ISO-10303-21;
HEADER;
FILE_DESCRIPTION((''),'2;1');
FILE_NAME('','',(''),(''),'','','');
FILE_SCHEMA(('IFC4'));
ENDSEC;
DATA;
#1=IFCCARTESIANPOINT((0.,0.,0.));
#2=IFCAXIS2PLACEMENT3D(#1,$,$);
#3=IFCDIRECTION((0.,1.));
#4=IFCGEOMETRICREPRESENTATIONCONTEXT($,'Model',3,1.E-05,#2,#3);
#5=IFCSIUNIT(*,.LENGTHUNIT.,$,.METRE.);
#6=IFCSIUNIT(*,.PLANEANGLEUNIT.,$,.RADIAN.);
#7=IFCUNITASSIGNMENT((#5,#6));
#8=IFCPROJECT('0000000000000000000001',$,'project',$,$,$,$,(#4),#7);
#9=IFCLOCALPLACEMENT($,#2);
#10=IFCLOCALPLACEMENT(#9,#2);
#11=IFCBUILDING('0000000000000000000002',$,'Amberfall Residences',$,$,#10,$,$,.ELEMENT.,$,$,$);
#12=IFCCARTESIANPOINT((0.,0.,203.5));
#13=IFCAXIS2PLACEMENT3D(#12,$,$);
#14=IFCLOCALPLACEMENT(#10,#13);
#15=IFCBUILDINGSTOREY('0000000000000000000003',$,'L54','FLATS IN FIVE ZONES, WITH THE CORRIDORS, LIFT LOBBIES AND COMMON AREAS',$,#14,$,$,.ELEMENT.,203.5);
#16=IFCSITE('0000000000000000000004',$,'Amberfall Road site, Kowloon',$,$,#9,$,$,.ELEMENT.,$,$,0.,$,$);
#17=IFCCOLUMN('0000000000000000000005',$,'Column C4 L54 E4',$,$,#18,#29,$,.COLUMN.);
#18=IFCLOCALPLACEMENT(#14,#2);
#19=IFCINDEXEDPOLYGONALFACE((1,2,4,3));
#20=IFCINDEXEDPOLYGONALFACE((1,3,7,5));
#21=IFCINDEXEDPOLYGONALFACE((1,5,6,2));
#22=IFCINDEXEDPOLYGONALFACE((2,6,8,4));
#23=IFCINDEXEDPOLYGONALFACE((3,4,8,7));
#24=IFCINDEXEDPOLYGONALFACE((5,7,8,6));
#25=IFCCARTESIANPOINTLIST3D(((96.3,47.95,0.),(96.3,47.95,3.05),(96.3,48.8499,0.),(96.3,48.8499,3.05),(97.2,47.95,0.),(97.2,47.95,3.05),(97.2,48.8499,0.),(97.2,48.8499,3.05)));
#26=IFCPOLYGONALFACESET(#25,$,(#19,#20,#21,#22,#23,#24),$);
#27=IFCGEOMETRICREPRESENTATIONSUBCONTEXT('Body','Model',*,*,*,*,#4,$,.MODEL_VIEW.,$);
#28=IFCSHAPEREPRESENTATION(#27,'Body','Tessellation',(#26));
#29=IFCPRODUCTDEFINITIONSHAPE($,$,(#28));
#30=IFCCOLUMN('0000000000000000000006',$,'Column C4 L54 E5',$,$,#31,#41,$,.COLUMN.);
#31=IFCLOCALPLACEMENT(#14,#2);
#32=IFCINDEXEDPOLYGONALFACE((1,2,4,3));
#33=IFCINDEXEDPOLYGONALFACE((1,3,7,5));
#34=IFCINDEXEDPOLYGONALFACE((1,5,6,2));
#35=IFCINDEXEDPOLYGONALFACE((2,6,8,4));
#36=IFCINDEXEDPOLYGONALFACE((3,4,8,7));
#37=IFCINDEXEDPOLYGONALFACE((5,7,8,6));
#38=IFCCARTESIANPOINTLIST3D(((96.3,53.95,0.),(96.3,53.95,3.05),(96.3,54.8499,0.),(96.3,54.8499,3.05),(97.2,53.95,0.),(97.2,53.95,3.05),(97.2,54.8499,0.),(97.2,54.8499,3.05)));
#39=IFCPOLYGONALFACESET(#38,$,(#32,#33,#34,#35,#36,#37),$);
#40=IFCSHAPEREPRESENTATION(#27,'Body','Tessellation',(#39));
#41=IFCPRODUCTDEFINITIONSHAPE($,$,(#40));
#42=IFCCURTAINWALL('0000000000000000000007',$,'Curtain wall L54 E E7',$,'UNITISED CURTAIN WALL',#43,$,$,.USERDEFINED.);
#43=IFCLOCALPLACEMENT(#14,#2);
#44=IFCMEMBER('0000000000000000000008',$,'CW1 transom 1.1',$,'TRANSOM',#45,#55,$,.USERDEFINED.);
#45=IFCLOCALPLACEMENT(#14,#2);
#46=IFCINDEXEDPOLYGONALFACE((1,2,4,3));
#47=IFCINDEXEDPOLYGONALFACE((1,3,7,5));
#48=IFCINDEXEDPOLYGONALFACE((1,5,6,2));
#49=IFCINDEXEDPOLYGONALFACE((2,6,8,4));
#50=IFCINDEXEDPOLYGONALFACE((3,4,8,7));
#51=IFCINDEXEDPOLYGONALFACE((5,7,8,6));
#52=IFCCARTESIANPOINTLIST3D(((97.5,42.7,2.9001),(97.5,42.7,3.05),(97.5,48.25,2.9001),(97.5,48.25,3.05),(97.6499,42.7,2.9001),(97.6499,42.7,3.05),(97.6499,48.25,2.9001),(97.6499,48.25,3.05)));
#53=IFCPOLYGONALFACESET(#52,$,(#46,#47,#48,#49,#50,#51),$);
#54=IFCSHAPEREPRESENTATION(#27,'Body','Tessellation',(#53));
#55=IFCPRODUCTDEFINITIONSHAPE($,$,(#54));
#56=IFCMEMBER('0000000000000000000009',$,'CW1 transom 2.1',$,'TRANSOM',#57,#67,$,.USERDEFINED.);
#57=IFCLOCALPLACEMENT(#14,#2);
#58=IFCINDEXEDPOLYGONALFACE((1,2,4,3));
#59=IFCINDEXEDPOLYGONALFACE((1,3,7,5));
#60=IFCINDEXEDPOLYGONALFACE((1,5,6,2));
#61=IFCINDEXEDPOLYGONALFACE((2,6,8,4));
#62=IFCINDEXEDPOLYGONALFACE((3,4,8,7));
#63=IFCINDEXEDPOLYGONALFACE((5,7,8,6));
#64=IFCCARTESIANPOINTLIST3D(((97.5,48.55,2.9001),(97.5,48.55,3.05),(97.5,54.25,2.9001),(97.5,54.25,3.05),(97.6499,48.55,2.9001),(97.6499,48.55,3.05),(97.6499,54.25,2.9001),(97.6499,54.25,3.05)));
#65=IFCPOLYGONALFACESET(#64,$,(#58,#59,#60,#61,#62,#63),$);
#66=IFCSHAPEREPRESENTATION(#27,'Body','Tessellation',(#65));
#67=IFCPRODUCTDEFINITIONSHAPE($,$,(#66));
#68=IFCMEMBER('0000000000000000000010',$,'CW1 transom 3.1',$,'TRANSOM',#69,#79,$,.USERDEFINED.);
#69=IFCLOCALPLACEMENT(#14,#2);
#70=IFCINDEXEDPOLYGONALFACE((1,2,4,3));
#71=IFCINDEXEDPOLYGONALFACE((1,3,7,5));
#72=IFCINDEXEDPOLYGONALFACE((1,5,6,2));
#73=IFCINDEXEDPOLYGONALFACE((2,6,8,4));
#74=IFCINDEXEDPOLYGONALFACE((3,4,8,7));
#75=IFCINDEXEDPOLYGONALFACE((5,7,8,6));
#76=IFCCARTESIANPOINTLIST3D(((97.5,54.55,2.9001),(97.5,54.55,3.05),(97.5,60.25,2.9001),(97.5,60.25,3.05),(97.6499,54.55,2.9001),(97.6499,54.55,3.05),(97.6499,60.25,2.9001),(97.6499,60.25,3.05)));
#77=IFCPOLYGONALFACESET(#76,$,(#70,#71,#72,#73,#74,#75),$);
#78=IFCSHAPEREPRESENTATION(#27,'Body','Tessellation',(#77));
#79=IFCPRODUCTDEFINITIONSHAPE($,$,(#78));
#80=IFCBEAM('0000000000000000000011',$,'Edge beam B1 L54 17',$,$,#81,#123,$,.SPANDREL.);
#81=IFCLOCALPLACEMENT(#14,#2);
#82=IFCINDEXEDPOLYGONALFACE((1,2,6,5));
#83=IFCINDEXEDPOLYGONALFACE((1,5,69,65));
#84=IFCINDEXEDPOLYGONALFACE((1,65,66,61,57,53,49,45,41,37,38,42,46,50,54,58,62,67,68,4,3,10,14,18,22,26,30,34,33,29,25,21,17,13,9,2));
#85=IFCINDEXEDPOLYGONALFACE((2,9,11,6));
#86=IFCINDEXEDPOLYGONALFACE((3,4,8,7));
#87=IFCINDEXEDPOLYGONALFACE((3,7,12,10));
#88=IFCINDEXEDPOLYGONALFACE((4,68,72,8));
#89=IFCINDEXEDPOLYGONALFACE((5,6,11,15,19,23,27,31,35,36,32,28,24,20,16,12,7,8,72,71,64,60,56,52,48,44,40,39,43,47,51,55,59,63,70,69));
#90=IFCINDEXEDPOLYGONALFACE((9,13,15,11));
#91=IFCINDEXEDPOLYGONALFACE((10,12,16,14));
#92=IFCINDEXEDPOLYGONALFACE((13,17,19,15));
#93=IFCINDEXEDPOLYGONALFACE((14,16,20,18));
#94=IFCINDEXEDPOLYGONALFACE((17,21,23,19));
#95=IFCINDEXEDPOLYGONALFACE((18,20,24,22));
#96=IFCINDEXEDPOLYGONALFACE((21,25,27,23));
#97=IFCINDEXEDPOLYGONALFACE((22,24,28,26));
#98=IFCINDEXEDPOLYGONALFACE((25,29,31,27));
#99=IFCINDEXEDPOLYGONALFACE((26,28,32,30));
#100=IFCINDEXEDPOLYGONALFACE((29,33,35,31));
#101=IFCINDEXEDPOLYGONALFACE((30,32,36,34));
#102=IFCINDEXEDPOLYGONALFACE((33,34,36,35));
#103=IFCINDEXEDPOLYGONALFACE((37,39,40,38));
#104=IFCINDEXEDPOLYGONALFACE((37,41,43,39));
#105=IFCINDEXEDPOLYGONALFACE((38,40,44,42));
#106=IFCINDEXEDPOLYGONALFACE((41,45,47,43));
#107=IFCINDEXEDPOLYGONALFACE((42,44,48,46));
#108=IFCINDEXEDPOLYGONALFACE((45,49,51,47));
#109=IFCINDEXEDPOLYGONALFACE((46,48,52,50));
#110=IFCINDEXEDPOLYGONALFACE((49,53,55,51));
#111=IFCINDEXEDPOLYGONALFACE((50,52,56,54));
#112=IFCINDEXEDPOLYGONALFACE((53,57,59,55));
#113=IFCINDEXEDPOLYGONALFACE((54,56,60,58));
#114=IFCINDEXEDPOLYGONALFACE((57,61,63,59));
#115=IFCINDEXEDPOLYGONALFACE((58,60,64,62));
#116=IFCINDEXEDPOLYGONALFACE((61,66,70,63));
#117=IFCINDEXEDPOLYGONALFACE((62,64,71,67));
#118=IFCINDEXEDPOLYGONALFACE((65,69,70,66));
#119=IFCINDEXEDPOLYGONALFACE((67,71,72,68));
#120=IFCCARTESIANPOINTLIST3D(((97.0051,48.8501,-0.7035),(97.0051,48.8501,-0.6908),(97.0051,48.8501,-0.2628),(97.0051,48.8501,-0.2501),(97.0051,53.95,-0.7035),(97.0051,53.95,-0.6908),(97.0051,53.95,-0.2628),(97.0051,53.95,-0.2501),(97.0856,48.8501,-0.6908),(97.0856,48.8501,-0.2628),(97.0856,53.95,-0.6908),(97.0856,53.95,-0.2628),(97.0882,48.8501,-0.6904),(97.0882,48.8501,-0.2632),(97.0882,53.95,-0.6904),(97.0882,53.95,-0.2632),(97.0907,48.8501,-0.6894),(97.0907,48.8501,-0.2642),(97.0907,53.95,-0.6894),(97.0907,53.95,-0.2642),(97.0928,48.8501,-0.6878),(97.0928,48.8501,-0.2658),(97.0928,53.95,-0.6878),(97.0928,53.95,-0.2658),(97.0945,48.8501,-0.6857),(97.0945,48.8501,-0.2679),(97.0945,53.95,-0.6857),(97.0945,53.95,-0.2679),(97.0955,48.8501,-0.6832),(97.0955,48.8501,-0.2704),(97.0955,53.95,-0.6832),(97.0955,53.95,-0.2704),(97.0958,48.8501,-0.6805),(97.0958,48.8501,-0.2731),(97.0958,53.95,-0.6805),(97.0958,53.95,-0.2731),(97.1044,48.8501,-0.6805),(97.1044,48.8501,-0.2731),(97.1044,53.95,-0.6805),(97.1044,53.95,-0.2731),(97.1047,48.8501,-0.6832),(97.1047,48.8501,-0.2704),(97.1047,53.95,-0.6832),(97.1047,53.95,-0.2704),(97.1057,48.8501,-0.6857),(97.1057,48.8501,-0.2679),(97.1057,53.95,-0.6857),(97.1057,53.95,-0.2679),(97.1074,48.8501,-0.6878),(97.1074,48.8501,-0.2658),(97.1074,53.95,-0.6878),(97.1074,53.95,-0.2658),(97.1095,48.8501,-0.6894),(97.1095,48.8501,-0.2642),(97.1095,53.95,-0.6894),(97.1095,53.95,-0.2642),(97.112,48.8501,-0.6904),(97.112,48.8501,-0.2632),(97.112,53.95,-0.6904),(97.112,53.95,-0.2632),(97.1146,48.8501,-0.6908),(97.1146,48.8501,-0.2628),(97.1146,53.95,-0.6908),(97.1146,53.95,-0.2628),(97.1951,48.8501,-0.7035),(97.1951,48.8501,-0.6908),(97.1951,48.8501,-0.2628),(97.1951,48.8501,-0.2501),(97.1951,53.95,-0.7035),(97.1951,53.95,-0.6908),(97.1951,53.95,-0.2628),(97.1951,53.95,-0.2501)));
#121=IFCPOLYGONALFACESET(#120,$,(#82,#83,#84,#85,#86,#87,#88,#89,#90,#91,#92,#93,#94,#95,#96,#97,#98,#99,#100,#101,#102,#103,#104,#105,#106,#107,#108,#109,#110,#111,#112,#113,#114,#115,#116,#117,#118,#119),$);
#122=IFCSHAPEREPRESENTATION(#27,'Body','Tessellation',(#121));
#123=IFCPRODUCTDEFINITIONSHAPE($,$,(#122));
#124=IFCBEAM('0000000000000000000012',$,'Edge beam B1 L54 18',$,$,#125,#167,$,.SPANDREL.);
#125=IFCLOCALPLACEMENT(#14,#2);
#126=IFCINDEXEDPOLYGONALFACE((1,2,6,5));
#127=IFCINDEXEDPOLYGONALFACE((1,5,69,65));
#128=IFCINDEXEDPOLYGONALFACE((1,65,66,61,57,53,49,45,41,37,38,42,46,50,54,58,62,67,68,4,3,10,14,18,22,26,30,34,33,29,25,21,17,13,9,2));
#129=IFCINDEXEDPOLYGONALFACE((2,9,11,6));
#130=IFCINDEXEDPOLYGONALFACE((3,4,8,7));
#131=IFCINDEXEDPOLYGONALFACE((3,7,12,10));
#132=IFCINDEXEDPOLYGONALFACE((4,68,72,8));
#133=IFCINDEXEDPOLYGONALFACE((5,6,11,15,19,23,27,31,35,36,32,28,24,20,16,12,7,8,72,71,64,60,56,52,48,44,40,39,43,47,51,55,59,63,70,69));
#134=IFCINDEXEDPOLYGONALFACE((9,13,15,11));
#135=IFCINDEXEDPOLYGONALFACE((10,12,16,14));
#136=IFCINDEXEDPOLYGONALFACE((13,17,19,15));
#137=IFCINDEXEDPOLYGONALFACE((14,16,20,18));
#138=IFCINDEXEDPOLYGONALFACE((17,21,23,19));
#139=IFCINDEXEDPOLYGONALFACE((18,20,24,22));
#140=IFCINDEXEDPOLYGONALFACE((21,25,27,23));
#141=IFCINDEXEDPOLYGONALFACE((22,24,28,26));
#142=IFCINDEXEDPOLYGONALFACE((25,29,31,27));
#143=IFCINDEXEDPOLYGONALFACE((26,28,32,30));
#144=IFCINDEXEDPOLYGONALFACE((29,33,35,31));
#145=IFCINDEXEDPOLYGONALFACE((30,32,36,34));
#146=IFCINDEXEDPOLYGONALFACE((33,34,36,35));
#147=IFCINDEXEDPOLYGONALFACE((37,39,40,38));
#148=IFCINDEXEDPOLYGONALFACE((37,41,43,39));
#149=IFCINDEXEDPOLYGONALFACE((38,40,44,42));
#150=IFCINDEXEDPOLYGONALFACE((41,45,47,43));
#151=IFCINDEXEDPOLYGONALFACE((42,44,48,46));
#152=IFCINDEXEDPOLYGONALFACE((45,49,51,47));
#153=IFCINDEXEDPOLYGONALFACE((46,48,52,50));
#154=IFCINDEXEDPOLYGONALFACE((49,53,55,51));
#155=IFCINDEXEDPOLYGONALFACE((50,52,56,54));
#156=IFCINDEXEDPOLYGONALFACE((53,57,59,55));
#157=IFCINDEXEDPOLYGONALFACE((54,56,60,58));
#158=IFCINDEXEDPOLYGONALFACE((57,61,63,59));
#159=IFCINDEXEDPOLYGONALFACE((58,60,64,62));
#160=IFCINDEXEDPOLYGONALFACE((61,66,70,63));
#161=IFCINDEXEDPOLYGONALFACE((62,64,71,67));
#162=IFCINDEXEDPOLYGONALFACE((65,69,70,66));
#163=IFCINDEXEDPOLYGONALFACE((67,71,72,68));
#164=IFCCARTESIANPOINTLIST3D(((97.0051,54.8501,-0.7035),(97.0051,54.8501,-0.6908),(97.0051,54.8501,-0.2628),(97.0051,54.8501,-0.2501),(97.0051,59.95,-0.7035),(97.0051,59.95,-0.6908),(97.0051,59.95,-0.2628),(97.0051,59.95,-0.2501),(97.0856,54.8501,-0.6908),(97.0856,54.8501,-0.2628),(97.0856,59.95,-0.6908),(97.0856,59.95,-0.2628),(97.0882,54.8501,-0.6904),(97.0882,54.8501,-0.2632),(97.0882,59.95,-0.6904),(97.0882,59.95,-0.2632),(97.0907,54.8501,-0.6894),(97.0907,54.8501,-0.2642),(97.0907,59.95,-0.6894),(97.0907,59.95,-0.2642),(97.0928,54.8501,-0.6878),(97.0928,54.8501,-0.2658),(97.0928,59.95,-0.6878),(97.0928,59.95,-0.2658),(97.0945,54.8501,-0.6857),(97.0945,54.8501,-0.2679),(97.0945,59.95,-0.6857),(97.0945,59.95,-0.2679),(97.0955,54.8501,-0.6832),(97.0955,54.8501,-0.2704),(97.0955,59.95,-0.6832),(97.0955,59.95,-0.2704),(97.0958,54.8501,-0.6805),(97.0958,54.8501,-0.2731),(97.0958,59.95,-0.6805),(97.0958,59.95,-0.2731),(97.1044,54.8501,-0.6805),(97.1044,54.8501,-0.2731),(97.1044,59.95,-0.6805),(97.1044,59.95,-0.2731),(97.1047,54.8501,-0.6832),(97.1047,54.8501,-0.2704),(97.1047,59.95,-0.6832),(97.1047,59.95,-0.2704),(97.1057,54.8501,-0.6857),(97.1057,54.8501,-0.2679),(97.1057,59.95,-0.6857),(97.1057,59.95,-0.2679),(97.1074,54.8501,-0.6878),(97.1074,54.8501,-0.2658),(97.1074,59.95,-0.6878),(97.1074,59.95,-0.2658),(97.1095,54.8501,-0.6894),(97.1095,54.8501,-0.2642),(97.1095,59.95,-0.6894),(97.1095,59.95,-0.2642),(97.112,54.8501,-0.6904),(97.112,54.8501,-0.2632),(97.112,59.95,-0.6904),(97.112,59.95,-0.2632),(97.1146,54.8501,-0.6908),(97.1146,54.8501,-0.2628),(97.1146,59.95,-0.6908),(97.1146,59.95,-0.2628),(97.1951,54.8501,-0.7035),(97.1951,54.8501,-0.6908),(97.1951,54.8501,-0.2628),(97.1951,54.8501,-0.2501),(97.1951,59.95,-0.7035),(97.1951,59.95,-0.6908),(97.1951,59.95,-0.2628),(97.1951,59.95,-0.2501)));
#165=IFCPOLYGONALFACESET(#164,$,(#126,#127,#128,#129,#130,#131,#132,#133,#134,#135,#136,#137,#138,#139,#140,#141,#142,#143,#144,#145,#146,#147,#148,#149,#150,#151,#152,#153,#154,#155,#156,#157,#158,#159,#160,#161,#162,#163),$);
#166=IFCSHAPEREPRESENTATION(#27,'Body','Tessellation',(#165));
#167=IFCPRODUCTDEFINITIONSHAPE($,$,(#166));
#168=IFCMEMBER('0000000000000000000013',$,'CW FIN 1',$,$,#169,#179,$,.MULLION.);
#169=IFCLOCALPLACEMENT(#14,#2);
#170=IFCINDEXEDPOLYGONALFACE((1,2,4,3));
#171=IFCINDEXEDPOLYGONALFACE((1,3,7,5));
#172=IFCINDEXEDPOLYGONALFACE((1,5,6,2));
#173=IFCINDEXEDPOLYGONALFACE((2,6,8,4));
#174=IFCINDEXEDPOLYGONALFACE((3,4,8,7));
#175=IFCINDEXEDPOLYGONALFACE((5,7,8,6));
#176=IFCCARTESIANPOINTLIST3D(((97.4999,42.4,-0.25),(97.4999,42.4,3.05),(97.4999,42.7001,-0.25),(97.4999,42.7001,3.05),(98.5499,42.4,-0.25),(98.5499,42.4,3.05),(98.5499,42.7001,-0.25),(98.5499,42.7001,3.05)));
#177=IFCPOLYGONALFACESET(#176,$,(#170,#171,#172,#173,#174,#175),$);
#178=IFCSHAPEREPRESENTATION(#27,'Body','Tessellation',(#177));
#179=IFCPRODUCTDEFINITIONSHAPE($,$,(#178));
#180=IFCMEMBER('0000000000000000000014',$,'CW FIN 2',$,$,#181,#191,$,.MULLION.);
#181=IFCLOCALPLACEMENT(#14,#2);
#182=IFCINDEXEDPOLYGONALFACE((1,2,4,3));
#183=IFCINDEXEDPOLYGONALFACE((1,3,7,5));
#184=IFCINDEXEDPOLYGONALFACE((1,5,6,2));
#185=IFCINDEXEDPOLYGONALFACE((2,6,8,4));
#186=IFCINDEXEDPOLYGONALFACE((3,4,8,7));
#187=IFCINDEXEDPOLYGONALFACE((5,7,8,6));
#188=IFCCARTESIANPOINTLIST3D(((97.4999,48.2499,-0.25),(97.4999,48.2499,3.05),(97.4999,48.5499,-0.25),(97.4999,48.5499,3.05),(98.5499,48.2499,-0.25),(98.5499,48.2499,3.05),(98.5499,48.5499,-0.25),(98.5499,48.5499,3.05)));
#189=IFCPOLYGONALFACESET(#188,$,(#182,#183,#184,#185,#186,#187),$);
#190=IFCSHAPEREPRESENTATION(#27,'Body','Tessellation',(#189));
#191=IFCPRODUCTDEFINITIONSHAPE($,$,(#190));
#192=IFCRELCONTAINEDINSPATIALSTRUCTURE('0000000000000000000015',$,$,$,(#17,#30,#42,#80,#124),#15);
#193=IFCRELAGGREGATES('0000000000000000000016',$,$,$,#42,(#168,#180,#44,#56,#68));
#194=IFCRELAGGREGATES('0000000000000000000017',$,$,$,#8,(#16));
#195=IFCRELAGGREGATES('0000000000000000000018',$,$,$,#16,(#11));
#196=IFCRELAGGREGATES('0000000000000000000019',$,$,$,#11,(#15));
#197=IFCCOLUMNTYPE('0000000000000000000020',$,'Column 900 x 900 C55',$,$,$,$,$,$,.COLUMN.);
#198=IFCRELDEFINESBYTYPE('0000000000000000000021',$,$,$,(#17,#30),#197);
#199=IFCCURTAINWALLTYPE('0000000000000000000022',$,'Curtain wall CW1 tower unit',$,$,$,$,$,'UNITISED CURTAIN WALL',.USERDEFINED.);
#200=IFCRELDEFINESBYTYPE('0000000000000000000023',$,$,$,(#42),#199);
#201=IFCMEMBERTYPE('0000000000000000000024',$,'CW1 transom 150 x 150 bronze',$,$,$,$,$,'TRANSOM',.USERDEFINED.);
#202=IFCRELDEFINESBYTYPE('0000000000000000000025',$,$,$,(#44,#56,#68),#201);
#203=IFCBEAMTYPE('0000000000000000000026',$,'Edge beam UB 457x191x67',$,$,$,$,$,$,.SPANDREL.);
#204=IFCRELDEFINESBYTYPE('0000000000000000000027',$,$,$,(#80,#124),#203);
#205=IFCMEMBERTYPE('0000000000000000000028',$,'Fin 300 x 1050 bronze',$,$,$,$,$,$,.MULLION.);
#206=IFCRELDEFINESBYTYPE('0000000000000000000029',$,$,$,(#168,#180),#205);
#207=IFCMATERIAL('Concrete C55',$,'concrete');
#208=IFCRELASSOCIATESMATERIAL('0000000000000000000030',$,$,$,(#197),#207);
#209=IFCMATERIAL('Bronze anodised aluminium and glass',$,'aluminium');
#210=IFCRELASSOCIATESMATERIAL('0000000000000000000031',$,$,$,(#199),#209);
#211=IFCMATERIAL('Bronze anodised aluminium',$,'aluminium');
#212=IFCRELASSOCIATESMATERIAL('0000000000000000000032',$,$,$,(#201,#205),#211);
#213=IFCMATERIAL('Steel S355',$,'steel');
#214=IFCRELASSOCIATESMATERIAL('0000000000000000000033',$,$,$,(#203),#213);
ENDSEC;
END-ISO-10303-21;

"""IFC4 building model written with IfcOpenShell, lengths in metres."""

from ifc_helpers import new_model, si_unit, direction, frame, origin, origin_2d, place, context, subcontext, project, spatial, rectangle, i_section, extrude, material, material_profile, profile_set, type_object, element, aggregate, save


model = new_model("IFC4")

# Units and contexts
model_context = context("Model", 3, precision=1e-05, world=origin(), true_north=direction((0.0, 1.0)))
body_context = subcontext(model_context, "Body", "Model", "MODEL_VIEW")
ifc_project = project(units=[si_unit("LENGTHUNIT", "METRE"), si_unit("PLANEANGLEUNIT", "RADIAN")], contexts=[model_context])

# Site, building, storey
site_placement = place(None, origin())
site = spatial("IfcSite", under=ifc_project, at=site_placement, Name="Amberfall Road site, Kowloon", CompositionType="ELEMENT", RefElevation=0.0)
building_placement = place(site_placement, origin())
building = spatial("IfcBuilding", under=site, at=building_placement, Name="Amberfall Residences", CompositionType="ELEMENT")
storey_placement = place(building_placement, frame((0.0, 0.0, 203.5)))
storey = spatial("IfcBuildingStorey", under=building, at=storey_placement, Name="L54", Description="FLATS IN FIVE ZONES, WITH THE CORRIDORS, LIFT LOBBIES AND COMMON AREAS", CompositionType="ELEMENT", Elevation=203.5)

# Columns
ifc_material_1 = material(Name="Concrete C55", Category="concrete")
ifc_material_profile_1 = material_profile(ifc_material_1, rectangle(XDim=0.8999, YDim=0.8999, at=origin_2d()), Name="Column 900 x 900 C55")
ifc_profile_set_1 = profile_set([ifc_material_profile_1], Name="Concrete C55")
column_type = type_object("IfcColumnType", Name="Column 900 x 900 C55", PredefinedType="COLUMN", material=ifc_profile_set_1)
for number, where, z_axis, x_axis, name in (
    (1, (96.75, 48.3999, 0.0), (0.0, 0.0, 1.0), (1.0, 0.0, 0.0), "Column C4 L54 E4"),
    (2, (96.75, 54.3999, 0.0), (0.0, 0.0, 1.0), (1.0, 0.0, 0.0), "Column C4 L54 E5"),
):
    element("IfcColumn", number, at=place(storey_placement, frame(where, z_axis=z_axis, x_axis=x_axis)), inside=storey, type_object=column_type, Name=name, PredefinedType="COLUMN", context=body_context, shape_type="SweptSolid", body=[
        extrude(rectangle(XDim=0.8999, YDim=0.8999, at=origin_2d()), origin(), (0.0, 0.0, 1.0), 3.05),
    ])

# Curtain wall, members
ifc_material_2 = material(Name="Bronze anodised aluminium and glass", Category="aluminium")
curtain_wall_type = type_object("IfcCurtainWallType", Name="Curtain wall CW1 tower unit", ElementType="UNITISED CURTAIN WALL", PredefinedType="USERDEFINED", material=ifc_material_2)
curtain_wall_placement = place(storey_placement, origin())
curtain_wall = element("IfcCurtainWall", 3, at=curtain_wall_placement, inside=storey, type_object=curtain_wall_type, Name="Curtain wall L54 E E7", ObjectType="UNITISED CURTAIN WALL", PredefinedType="USERDEFINED")
ifc_material_3 = material(Name="Bronze anodised aluminium", Category="aluminium")
ifc_material_profile_2 = material_profile(ifc_material_3, rectangle(XDim=0.1499, YDim=0.1499, at=origin_2d()), Name="CW1 transom 150 x 150 bronze")
ifc_profile_set_2 = profile_set([ifc_material_profile_2], Name="Bronze anodised aluminium")
member_type_1 = type_object("IfcMemberType", Name="CW1 transom 150 x 150 bronze", ElementType="TRANSOM", PredefinedType="USERDEFINED", material=ifc_profile_set_2)
member_1_placement = place(storey_placement, frame((97.575, 42.7, 2.9751), z_axis=(0.0, 1.0, 0.0), x_axis=(-1.0, 0.0, 0.0)))
member_1 = element("IfcMember", 4, at=member_1_placement, type_object=member_type_1, Name="CW1 transom 1.1", ObjectType="TRANSOM", PredefinedType="USERDEFINED", context=body_context, shape_type="SweptSolid", body=[
    extrude(rectangle(XDim=0.1499, YDim=0.1499, at=origin_2d()), origin(), (0.0, 0.0, 1.0), 5.55),
])
member_2_placement = place(storey_placement, frame((97.575, 48.55, 2.9751), z_axis=(0.0, 1.0, 0.0), x_axis=(-1.0, 0.0, 0.0)))
member_2 = element("IfcMember", 5, at=member_2_placement, type_object=member_type_1, Name="CW1 transom 2.1", ObjectType="TRANSOM", PredefinedType="USERDEFINED", context=body_context, shape_type="SweptSolid", body=[
    extrude(rectangle(XDim=0.1499, YDim=0.1499, at=origin_2d()), origin(), (0.0, 0.0, 1.0), 5.7),
])
member_3_placement = place(storey_placement, frame((97.575, 54.55, 2.9751), z_axis=(0.0, 1.0, 0.0), x_axis=(-1.0, 0.0, 0.0)))
member_3 = element("IfcMember", 6, at=member_3_placement, type_object=member_type_1, Name="CW1 transom 3.1", ObjectType="TRANSOM", PredefinedType="USERDEFINED", context=body_context, shape_type="SweptSolid", body=[
    extrude(rectangle(XDim=0.1499, YDim=0.1499, at=origin_2d()), origin(), (0.0, 0.0, 1.0), 5.7),
])

# Beams
ifc_material_4 = material(Name="Steel S355", Category="steel")
ifc_material_profile_3 = material_profile(ifc_material_4, i_section(OverallWidth=0.1899, OverallDepth=0.4534, WebThickness=0.0085, FlangeThickness=0.0127, FilletRadius=0.0103, at=origin_2d()), Name="UB 457x191x67")
ifc_profile_set_3 = profile_set([ifc_material_profile_3], Name="Steel S355")
beam_type_1 = type_object("IfcBeamType", Name="Edge beam UB 457x191x67", PredefinedType="SPANDREL", material=ifc_profile_set_3)
for number, where, z_axis, x_axis, name in (
    (7, (97.1001, 48.8501, -0.4768), (0.0, 1.0, 0.0), (-1.0, 0.0, 0.0), "Edge beam B1 L54 17"),
    (8, (97.1001, 54.8501, -0.4768), (0.0, 1.0, 0.0), (-1.0, 0.0, 0.0), "Edge beam B1 L54 18"),
):
    element("IfcBeam", number, at=place(storey_placement, frame(where, z_axis=z_axis, x_axis=x_axis)), inside=storey, type_object=beam_type_1, Name=name, PredefinedType="SPANDREL", context=body_context, shape_type="SweptSolid", body=[
        extrude(i_section(OverallWidth=0.1899, OverallDepth=0.4534, WebThickness=0.0085, FlangeThickness=0.0127, FilletRadius=0.0103, at=origin_2d()), origin(), (0.0, 0.0, 1.0), 5.0999),
    ])

# Members
ifc_material_profile_4 = material_profile(ifc_material_3, rectangle(XDim=1.05, YDim=0.3, at=origin_2d()), Name="Fin 300 x 1050 bronze")
ifc_profile_set_4 = profile_set([ifc_material_profile_4], Name="Bronze anodised aluminium")
member_type_2 = type_object("IfcMemberType", Name="Fin 300 x 1050 bronze", PredefinedType="MULLION", material=ifc_profile_set_4)
member_4_placement = place(storey_placement, frame((98.0249, 42.55, -0.25), z_axis=(0.0, 0.0, 1.0), x_axis=(-1.0, 0.0, 0.0)))
member_4 = element("IfcMember", 9, at=member_4_placement, type_object=member_type_2, Name="CW FIN 1", PredefinedType="MULLION", context=body_context, shape_type="SweptSolid", body=[
    extrude(rectangle(XDim=1.05, YDim=0.3, at=origin_2d()), origin(), (0.0, 0.0, 1.0), 3.3),
])
member_5_placement = place(storey_placement, frame((98.0249, 48.3999, -0.25), z_axis=(0.0, 0.0, 1.0), x_axis=(-1.0, 0.0, 0.0)))
member_5 = element("IfcMember", 10, at=member_5_placement, type_object=member_type_2, Name="CW FIN 2", PredefinedType="MULLION", context=body_context, shape_type="SweptSolid", body=[
    extrude(rectangle(XDim=1.05, YDim=0.3, at=origin_2d()), origin(), (0.0, 0.0, 1.0), 3.3),
])

aggregate(curtain_wall, [member_4, member_5, member_1, member_2, member_3])

save(model, "model.ifc")
